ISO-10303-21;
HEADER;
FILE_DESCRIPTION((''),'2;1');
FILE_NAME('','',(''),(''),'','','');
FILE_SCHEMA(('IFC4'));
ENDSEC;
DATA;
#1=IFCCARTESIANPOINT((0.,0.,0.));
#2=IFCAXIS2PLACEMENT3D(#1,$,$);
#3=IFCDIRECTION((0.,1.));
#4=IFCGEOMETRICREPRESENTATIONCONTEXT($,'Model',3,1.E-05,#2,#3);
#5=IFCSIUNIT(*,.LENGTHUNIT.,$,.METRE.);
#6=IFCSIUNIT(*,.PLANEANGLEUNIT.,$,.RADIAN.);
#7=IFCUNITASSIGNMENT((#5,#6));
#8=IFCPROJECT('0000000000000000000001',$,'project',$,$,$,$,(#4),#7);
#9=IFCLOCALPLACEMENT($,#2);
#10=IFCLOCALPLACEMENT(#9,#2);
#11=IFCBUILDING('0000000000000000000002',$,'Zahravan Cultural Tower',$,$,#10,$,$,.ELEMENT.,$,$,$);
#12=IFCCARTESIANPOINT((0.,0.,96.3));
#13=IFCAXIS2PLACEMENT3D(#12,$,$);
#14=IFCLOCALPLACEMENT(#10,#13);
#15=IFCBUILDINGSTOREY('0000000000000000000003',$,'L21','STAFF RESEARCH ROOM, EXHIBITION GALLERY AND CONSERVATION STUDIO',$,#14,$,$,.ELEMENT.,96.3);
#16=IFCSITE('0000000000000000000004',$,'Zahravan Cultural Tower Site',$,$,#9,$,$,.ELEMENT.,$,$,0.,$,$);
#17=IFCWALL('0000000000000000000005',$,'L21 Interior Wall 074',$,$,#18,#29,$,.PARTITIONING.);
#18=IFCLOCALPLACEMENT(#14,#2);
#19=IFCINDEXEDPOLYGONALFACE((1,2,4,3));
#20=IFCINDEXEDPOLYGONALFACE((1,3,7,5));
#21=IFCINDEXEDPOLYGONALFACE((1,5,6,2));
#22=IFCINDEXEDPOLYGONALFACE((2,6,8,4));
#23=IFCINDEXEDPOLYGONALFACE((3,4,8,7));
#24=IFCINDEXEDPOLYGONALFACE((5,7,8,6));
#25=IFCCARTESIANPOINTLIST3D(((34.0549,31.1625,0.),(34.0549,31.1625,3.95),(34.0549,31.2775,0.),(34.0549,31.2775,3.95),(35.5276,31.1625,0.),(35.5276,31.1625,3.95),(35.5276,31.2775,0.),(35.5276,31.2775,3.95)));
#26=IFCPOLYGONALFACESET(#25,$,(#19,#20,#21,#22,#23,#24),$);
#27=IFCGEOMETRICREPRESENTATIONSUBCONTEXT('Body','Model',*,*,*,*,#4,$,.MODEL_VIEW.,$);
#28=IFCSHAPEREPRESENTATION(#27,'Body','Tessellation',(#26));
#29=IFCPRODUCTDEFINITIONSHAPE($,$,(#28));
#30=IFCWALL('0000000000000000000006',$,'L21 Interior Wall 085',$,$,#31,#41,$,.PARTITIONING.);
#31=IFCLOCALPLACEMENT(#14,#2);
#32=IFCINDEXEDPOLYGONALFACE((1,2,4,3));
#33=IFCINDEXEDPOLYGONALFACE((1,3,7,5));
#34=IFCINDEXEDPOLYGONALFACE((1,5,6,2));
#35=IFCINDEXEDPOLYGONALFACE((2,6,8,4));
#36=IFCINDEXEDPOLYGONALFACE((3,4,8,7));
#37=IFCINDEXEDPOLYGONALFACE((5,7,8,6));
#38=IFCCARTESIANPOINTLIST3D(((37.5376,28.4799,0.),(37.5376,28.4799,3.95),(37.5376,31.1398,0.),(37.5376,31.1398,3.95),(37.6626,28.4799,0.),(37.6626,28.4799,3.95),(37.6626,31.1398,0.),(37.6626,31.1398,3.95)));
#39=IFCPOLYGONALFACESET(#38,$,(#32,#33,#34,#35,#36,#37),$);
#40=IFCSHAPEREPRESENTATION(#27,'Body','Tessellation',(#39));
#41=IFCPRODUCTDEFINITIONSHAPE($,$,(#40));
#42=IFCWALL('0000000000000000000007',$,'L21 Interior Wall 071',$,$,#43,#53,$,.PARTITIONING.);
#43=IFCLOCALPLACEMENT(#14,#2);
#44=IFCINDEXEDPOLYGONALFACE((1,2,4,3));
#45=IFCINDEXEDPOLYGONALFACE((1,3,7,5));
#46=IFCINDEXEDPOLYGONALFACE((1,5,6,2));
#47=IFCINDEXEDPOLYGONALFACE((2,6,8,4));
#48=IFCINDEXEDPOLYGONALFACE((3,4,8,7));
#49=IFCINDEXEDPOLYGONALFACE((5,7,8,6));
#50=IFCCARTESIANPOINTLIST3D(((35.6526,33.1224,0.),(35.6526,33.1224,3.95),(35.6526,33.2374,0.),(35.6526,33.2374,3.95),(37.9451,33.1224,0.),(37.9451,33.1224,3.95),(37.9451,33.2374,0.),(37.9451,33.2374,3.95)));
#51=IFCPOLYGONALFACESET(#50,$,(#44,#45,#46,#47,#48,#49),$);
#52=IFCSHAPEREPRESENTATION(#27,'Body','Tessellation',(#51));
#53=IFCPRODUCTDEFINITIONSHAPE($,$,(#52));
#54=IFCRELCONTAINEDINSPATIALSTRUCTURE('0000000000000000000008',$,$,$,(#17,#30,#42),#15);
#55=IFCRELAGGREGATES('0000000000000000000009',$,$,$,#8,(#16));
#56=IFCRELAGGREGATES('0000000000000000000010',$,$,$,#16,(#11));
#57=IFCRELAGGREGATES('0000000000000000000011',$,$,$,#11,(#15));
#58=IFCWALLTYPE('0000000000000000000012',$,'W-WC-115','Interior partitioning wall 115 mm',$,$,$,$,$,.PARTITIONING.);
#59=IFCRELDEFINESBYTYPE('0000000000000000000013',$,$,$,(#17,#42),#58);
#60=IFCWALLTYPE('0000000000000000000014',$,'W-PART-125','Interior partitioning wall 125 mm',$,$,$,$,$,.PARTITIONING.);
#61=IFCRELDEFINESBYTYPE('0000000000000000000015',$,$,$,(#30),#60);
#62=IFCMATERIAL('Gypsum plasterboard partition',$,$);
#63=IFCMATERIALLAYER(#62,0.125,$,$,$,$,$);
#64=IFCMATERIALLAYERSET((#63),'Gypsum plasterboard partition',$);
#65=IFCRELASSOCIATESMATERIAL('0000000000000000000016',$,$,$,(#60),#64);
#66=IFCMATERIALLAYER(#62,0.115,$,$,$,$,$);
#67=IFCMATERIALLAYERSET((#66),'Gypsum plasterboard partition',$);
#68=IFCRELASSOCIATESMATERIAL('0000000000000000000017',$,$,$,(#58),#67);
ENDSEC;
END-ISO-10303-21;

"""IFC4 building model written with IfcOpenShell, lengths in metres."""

from ifc_helpers import new_model, si_unit, direction, frame, frame_2d, origin, place, context, subcontext, project, spatial, rectangle, extrude, source, transform, mapped, material, layer, layer_set, type_object, element, save


model = new_model("IFC4")

# Units and contexts
model_context = context("Model", 3, precision=1e-05, world=origin(), true_north=direction((0.0, 1.0)))
body_context = subcontext(model_context, "Body", "Model", "MODEL_VIEW")
ifc_project = project(units=[si_unit("LENGTHUNIT", "METRE"), si_unit("PLANEANGLEUNIT", "RADIAN")], contexts=[model_context])

# Site, building, storey
site_placement = place(None, origin())
site = spatial("IfcSite", under=ifc_project, at=site_placement, Name="Zahravan Cultural Tower Site", CompositionType="ELEMENT", RefElevation=0.0)
building_placement = place(site_placement, origin())
building = spatial("IfcBuilding", under=site, at=building_placement, Name="Zahravan Cultural Tower", CompositionType="ELEMENT")
storey_placement = place(building_placement, frame((0.0, 0.0, 96.3)))
storey = spatial("IfcBuildingStorey", under=building, at=storey_placement, Name="L21", Description="STAFF RESEARCH ROOM, EXHIBITION GALLERY AND CONSERVATION STUDIO", CompositionType="ELEMENT", Elevation=96.3)

# Shared definitions
ifc_material_1 = material(Name="Gypsum plasterboard partition")
ifc_layer_1 = layer(ifc_material_1, 0.125)
ifc_layer_set_1 = layer_set([ifc_layer_1], Name="Gypsum plasterboard partition")
wall_type_1 = type_object("IfcWallType", Name="W-PART-125", Description="Interior partitioning wall 125 mm", PredefinedType="PARTITIONING", material=ifc_layer_set_1)
ifc_layer_2 = layer(ifc_material_1, 0.115)
ifc_layer_set_2 = layer_set([ifc_layer_2], Name="Gypsum plasterboard partition")
wall_type_2 = type_object("IfcWallType", Name="W-WC-115", Description="Interior partitioning wall 115 mm", PredefinedType="PARTITIONING", material=ifc_layer_set_2)

# Walls
shared_shape_1 = source(origin(), body_context, "Body", "SweptSolid", [
    extrude(rectangle(XDim=1.4727, YDim=0.115, at=frame_2d((0.7363, 0.0))), origin(), (0.0, 0.0, 1.0), 3.95),
])
wall_1_placement = place(storey_placement, frame((35.5276, 31.22, 0.0), z_axis=(0.0, 0.0, 1.0), x_axis=(-1.0, 0.0, 0.0)))
element("IfcWall", 1, at=wall_1_placement, inside=storey, type_object=wall_type_2, Name="L21 Interior Wall 074", PredefinedType="PARTITIONING", context=body_context, shape_type="MappedRepresentation", body=[
    mapped(shared_shape_1, transform((0.0, 0.0, 0.0), x_axis=(1.0, 0.0, 0.0), y_axis=(0.0, 1.0, 0.0), z_axis=(0.0, 0.0, 1.0), scale=1.0)),
])
shared_shape_2 = source(origin(), body_context, "Body", "SweptSolid", [
    extrude(rectangle(XDim=2.6599, YDim=0.125, at=frame_2d((1.3301, 0.0))), origin(), (0.0, 0.0, 1.0), 3.95),
])
wall_2_placement = place(storey_placement, frame((37.6001, 31.1399, 0.0), z_axis=(0.0, 0.0, 1.0), x_axis=(0.0, -1.0, 0.0)))
element("IfcWall", 2, at=wall_2_placement, inside=storey, type_object=wall_type_1, Name="L21 Interior Wall 085", PredefinedType="PARTITIONING", context=body_context, shape_type="MappedRepresentation", body=[
    mapped(shared_shape_2, transform((0.0, 0.0, 0.0), x_axis=(1.0, 0.0, 0.0), y_axis=(0.0, 1.0, 0.0), z_axis=(0.0, 0.0, 1.0), scale=1.0)),
])
shared_shape_3 = source(origin(), body_context, "Body", "SweptSolid", [
    extrude(rectangle(XDim=2.2925, YDim=0.115, at=frame_2d((1.1462, 0.0))), origin(), (0.0, 0.0, 1.0), 3.95),
])
wall_3_placement = place(storey_placement, frame((35.6526, 33.1799, 0.0), z_axis=(0.0, 0.0, 1.0), x_axis=(1.0, 0.0, 0.0)))
element("IfcWall", 3, at=wall_3_placement, inside=storey, type_object=wall_type_2, Name="L21 Interior Wall 071", PredefinedType="PARTITIONING", context=body_context, shape_type="MappedRepresentation", body=[
    mapped(shared_shape_3, transform((0.0, 0.0, 0.0), x_axis=(1.0, 0.0, 0.0), y_axis=(0.0, 1.0, 0.0), z_axis=(0.0, 0.0, 1.0), scale=1.0)),
])

save(model, "model.ifc")
